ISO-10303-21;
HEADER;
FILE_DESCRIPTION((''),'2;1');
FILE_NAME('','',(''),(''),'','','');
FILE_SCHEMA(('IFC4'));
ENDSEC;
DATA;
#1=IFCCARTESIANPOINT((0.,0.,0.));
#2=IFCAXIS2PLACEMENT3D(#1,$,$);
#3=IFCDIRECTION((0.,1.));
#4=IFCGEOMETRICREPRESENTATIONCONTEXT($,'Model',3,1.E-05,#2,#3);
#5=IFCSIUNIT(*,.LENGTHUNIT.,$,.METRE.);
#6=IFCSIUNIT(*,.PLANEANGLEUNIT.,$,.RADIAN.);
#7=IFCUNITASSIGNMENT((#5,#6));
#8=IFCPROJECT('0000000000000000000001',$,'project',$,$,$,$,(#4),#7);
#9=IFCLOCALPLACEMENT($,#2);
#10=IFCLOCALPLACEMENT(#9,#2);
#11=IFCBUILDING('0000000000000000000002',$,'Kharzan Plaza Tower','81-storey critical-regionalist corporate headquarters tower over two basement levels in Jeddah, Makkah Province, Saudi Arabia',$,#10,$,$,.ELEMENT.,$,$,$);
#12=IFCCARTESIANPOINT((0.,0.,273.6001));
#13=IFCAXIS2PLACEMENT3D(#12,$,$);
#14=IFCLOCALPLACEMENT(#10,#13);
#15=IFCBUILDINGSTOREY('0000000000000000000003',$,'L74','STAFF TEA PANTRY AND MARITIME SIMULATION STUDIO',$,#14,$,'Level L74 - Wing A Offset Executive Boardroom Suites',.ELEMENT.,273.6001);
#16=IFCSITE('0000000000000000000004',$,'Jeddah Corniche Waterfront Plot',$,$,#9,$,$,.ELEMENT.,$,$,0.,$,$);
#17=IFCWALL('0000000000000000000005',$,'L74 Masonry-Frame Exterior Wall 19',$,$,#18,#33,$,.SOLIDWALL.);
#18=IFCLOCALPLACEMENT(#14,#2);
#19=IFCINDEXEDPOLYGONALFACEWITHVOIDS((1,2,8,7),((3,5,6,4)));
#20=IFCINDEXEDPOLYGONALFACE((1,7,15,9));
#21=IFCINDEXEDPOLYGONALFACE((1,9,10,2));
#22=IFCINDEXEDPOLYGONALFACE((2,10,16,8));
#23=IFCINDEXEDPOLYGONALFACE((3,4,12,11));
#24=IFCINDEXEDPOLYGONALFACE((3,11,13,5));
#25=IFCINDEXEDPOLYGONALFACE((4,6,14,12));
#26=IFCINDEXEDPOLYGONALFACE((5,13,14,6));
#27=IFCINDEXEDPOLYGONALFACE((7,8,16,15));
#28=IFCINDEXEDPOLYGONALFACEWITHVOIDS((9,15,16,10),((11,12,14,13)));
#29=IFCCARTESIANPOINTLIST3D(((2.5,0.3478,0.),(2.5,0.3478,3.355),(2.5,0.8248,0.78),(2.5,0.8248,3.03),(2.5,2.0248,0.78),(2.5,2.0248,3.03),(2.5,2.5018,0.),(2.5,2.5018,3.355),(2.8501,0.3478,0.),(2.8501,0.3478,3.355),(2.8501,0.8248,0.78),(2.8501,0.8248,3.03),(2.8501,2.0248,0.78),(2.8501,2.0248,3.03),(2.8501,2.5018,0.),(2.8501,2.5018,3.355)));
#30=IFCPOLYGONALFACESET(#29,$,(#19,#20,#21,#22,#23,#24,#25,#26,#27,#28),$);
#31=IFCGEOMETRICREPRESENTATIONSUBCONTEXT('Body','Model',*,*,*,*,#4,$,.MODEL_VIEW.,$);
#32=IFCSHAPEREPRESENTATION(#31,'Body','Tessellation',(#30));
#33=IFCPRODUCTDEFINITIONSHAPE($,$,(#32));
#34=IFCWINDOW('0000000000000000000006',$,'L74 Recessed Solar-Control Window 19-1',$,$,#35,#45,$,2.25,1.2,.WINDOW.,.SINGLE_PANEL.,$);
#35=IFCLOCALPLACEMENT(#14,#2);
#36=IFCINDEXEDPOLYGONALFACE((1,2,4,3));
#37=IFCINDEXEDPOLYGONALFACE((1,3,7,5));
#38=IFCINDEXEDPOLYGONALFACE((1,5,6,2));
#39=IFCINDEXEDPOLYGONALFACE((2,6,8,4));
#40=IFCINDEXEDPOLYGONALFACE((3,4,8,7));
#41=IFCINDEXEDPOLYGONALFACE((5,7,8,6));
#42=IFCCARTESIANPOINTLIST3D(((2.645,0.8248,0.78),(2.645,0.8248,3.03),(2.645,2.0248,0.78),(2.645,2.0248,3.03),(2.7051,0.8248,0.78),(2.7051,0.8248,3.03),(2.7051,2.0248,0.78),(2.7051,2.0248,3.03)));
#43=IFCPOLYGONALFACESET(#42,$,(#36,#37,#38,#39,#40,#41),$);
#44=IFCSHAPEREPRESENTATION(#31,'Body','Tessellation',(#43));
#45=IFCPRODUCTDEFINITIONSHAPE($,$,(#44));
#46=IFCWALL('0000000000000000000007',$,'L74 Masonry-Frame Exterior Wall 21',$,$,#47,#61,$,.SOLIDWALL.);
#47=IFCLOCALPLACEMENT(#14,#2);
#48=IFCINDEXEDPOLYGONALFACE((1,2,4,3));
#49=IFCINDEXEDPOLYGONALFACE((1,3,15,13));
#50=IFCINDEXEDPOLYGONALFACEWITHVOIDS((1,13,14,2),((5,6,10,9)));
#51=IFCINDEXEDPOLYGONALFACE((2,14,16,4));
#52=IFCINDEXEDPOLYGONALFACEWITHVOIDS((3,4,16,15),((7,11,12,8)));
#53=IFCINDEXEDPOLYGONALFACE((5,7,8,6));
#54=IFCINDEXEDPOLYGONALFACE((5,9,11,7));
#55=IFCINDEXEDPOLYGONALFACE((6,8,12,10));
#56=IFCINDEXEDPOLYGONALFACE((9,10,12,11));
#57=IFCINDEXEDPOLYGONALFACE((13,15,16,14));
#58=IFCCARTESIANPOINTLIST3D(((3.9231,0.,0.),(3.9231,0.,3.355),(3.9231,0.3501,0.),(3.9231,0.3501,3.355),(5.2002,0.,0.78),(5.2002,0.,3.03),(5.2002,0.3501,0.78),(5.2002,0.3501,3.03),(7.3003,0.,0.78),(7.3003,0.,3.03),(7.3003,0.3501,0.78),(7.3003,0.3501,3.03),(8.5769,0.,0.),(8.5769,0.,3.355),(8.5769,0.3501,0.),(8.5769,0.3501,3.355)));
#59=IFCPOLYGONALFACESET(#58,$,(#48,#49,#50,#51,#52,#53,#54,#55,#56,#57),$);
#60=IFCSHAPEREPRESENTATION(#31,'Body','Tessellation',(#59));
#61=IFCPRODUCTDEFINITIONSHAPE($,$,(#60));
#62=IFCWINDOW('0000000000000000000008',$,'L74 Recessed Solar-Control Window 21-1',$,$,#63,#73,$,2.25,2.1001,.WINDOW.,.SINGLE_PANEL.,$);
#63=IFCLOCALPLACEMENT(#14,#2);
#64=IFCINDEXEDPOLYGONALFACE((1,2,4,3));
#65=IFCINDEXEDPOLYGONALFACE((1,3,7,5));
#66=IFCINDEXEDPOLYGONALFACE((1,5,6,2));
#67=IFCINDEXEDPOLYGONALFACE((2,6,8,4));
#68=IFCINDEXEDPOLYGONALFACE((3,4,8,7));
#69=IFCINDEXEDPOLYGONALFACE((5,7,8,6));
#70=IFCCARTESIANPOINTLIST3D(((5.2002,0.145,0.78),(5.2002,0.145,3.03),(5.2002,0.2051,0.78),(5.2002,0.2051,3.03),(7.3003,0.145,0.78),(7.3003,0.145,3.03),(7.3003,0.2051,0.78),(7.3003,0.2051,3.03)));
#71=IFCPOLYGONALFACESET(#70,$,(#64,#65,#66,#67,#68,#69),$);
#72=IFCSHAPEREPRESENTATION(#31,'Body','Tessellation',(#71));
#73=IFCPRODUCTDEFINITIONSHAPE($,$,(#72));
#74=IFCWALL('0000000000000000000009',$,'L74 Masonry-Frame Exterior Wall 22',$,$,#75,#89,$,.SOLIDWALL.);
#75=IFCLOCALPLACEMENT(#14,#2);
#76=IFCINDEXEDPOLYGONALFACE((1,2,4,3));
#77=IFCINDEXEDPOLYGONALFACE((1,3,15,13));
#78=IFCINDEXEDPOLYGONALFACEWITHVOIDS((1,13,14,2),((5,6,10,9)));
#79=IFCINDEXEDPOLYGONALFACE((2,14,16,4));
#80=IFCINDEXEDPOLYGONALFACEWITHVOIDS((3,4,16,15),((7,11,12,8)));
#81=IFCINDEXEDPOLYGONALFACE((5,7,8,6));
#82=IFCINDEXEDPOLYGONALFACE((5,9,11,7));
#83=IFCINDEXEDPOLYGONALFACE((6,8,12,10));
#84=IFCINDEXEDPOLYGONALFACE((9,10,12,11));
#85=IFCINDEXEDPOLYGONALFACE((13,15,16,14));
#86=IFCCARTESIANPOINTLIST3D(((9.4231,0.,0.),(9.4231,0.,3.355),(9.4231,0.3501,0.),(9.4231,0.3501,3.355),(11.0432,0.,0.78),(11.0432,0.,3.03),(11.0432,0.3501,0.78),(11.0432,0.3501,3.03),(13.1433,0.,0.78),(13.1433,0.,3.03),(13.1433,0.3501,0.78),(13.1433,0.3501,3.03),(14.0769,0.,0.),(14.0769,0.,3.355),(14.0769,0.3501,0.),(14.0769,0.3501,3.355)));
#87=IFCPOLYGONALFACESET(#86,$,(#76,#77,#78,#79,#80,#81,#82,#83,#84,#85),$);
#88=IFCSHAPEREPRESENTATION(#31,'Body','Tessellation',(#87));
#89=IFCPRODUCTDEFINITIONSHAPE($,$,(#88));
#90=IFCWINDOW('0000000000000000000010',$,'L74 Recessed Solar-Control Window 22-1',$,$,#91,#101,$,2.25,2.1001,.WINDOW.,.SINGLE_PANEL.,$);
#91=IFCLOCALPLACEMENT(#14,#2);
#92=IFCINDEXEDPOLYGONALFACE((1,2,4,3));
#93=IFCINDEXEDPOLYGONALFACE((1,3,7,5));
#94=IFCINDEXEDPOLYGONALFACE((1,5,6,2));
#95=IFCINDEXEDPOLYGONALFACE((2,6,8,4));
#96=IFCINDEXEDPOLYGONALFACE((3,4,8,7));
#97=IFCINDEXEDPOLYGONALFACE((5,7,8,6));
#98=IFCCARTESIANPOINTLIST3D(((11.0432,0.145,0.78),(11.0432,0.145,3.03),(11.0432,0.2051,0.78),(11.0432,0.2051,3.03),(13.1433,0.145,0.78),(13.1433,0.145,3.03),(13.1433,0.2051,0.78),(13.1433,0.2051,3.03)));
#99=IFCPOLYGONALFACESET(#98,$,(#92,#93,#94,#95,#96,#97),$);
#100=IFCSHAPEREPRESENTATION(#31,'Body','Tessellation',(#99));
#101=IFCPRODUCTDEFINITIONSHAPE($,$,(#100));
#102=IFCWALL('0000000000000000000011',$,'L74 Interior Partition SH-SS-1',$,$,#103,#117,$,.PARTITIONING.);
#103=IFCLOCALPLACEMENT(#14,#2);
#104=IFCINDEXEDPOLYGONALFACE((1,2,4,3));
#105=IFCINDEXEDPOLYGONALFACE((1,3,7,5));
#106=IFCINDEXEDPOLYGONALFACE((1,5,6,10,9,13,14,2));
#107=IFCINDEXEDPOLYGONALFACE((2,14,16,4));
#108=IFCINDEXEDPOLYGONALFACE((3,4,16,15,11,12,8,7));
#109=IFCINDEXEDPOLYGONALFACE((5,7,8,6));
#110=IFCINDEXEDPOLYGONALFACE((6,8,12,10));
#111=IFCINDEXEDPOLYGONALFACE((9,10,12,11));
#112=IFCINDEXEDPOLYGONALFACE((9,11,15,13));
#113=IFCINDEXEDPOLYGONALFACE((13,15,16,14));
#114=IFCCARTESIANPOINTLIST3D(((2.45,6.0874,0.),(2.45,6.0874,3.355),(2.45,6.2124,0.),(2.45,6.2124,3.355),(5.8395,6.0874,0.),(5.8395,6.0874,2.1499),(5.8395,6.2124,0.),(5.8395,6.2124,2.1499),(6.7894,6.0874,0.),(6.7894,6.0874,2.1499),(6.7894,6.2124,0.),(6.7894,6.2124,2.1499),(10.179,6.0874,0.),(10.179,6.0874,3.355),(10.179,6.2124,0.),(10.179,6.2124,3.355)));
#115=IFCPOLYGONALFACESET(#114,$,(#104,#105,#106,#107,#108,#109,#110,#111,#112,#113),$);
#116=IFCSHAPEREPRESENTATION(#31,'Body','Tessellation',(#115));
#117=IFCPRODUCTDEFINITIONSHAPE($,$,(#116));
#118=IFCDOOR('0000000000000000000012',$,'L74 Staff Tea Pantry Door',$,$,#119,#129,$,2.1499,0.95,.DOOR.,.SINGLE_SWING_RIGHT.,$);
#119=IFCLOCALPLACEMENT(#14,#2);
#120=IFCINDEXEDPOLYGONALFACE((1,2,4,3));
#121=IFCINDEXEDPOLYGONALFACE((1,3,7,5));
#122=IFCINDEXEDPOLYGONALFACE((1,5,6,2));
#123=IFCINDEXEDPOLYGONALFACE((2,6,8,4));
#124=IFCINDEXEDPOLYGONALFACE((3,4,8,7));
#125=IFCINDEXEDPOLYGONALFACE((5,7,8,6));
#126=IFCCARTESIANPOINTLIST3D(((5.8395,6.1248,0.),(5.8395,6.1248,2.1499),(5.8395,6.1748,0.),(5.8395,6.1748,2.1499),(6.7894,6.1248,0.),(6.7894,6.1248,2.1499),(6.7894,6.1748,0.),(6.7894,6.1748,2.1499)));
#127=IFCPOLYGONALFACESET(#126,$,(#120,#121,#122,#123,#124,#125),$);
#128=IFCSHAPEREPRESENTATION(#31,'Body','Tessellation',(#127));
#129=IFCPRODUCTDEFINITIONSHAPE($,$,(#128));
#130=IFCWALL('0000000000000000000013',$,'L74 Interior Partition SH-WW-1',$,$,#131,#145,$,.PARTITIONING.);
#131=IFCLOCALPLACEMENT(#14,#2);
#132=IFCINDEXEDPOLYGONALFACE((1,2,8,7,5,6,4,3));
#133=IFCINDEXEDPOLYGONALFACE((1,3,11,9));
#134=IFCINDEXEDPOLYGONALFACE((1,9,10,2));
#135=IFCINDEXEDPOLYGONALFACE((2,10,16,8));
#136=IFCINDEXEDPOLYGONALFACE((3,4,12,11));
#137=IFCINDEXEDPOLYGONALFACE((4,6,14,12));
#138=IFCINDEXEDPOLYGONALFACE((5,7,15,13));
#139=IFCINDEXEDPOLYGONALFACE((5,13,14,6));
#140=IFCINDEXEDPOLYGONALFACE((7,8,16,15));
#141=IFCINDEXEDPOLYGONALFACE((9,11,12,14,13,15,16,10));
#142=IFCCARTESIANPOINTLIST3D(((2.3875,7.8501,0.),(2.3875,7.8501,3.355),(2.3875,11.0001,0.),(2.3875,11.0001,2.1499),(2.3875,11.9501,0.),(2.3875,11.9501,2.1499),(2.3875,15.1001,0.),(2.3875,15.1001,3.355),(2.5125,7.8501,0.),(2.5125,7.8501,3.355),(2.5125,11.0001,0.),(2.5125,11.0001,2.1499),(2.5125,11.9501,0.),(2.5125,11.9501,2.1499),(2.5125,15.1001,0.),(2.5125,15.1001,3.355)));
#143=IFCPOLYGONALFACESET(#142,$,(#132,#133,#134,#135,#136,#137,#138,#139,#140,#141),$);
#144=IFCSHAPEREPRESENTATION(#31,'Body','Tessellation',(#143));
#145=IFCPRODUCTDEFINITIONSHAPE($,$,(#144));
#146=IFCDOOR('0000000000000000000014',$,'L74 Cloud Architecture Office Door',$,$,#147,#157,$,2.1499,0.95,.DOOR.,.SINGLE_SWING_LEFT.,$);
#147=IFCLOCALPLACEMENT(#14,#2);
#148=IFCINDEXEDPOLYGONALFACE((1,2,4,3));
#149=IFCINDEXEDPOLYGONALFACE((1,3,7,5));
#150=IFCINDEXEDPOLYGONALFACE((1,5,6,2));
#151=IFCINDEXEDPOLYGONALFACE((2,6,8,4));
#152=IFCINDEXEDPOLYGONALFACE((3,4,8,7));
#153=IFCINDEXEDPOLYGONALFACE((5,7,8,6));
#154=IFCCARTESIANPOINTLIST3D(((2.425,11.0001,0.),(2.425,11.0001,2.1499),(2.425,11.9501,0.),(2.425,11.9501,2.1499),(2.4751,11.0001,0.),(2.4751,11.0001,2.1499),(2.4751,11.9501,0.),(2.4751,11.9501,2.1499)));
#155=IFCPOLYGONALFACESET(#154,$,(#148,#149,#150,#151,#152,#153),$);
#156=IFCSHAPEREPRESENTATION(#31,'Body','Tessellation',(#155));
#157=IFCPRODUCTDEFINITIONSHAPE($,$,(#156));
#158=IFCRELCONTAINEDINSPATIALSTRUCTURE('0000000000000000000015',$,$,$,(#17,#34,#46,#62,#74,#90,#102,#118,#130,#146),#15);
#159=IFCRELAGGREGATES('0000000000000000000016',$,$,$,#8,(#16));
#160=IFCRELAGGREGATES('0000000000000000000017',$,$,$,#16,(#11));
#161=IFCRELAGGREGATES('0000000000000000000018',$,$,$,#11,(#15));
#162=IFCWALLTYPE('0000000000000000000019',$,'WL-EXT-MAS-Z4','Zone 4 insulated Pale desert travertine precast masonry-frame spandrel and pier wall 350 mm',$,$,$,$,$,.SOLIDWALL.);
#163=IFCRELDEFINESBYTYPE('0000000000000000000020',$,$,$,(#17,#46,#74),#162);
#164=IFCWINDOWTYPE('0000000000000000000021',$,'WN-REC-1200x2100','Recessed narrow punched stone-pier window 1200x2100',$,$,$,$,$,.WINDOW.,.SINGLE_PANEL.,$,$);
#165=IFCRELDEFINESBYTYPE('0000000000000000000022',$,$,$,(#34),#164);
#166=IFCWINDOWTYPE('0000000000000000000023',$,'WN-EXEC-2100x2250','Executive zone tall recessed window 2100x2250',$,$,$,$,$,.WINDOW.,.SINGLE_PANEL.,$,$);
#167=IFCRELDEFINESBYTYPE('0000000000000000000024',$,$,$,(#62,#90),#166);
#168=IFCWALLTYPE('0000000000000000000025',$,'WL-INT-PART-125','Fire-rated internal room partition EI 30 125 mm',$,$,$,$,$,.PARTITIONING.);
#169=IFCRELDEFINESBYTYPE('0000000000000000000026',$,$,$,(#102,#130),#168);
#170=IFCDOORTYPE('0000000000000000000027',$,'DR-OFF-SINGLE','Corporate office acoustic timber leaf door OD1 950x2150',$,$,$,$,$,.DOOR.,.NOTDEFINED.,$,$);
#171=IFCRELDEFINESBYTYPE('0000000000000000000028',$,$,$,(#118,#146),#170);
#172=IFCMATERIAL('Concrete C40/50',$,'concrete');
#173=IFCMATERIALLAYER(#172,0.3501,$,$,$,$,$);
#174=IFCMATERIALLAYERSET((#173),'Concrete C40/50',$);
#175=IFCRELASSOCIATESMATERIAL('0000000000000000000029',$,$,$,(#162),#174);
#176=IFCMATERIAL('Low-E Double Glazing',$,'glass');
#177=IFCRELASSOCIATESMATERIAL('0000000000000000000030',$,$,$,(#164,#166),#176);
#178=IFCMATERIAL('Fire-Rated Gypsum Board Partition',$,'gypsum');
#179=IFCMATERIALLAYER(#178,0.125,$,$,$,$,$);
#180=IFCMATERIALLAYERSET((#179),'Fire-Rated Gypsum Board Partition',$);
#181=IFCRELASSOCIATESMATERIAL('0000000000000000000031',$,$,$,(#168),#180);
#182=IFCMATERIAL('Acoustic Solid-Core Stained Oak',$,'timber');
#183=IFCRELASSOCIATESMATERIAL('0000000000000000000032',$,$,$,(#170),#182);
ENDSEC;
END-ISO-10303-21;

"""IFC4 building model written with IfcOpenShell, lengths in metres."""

from ifc_helpers import new_model, si_unit, direction, frame, frame_2d, origin, place, context, subcontext, project, spatial, rectangle, extrude, source, transform, mapped, material, layer, layer_set, type_object, element, fill, save


model = new_model("IFC4")

# Units and contexts
model_context = context("Model", 3, precision=1e-05, world=origin(), true_north=direction((0.0, 1.0)))
body_context = subcontext(model_context, "Body", "Model", "MODEL_VIEW")
ifc_project = project(units=[si_unit("LENGTHUNIT", "METRE"), si_unit("PLANEANGLEUNIT", "RADIAN")], contexts=[model_context])

# Site, building, storey
site_placement = place(None, origin())
site = spatial("IfcSite", under=ifc_project, at=site_placement, Name="Jeddah Corniche Waterfront Plot", CompositionType="ELEMENT", RefElevation=0.0)
building_placement = place(site_placement, origin())
building = spatial("IfcBuilding", under=site, at=building_placement, Name="Kharzan Plaza Tower", Description="81-storey critical-regionalist corporate headquarters tower over two basement levels in Jeddah, Makkah Province, Saudi Arabia", CompositionType="ELEMENT")
storey_placement = place(building_placement, frame((0.0, 0.0, 273.6001)))
storey = spatial("IfcBuildingStorey", under=building, at=storey_placement, Name="L74", Description="STAFF TEA PANTRY AND MARITIME SIMULATION STUDIO", LongName="Level L74 - Wing A Offset Executive Boardroom Suites", CompositionType="ELEMENT", Elevation=273.6001)

# Walls, openings, windows
ifc_material_1 = material(Name="Concrete C40/50", Category="concrete")
ifc_layer_1 = layer(ifc_material_1, 0.3501)
ifc_layer_set_1 = layer_set([ifc_layer_1], Name="Concrete C40/50")
wall_type_1 = type_object("IfcWallType", Name="WL-EXT-MAS-Z4", Description="Zone 4 insulated Pale desert travertine precast masonry-frame spandrel and pier wall 350 mm", PredefinedType="SOLIDWALL", material=ifc_layer_set_1)
wall_1_placement = place(storey_placement, frame((2.675, 2.502, 0.0), z_axis=(0.0, 0.0, 1.0), x_axis=(0.0, -1.0, 0.0)))
wall_1 = element("IfcWall", 1, at=wall_1_placement, inside=storey, type_object=wall_type_1, Name="L74 Masonry-Frame Exterior Wall 19", PredefinedType="SOLIDWALL", context=body_context, shape_type="SweptSolid", body=[
    extrude(rectangle(XDim=2.1541, YDim=0.3501, at=frame_2d((1.0771, 0.0))), origin(), (0.0, 0.0, 1.0), 3.355),
])
opening_1_placement = place(wall_1_placement, frame((0.4771, 0.0, 0.78)))
opening_1 = element("IfcOpeningElement", 2, at=opening_1_placement, cuts=wall_1, PredefinedType="OPENING", context=body_context, shape_type="SweptSolid", body=[
    extrude(rectangle(XDim=1.2, YDim=2.25, at=frame_2d((0.6001, 1.125))), frame((0.0, 0.1851, 0.0), z_axis=(0.0, -1.0, 0.0), x_axis=(1.0, 0.0, 0.0)), (0.0, 0.0, 1.0), 0.3701),
])
ifc_material_2 = material(Name="Low-E Double Glazing", Category="glass")
window_type_1 = type_object("IfcWindowType", Name="WN-REC-1200x2100", Description="Recessed narrow punched stone-pier window 1200x2100", PartitioningType="SINGLE_PANEL", PredefinedType="WINDOW", material=ifc_material_2)
shared_shape_1 = source(origin(), body_context, "Body", "SweptSolid", [
    extrude(rectangle(XDim=1.2, YDim=2.25, at=frame_2d((0.6001, 1.125))), frame((0.0, 0.03, 0.0), z_axis=(0.0, -1.0, 0.0), x_axis=(1.0, 0.0, 0.0)), (0.0, 0.0, 1.0), 0.0601),
])
window_1_placement = place(opening_1_placement, origin())
window_1 = element("IfcWindow", 3, at=window_1_placement, inside=storey, type_object=window_type_1, Name="L74 Recessed Solar-Control Window 19-1", OverallHeight=2.25, OverallWidth=1.2, PartitioningType="SINGLE_PANEL", PredefinedType="WINDOW", context=body_context, shape_type="MappedRepresentation", body=[
    mapped(shared_shape_1, transform((0.0, 0.0, 0.0), x_axis=(1.0, 0.0, 0.0), y_axis=(0.0, 1.0, 0.0), z_axis=(0.0, 0.0, 1.0))),
])
fill(opening_1, window_1)
wall_2_placement = place(storey_placement, frame((3.9231, 0.175, 0.0), z_axis=(0.0, 0.0, 1.0), x_axis=(1.0, 0.0, 0.0)))
wall_2 = element("IfcWall", 4, at=wall_2_placement, inside=storey, type_object=wall_type_1, Name="L74 Masonry-Frame Exterior Wall 21", PredefinedType="SOLIDWALL", context=body_context, shape_type="SweptSolid", body=[
    extrude(rectangle(XDim=4.6538, YDim=0.3501, at=frame_2d((2.3269, 0.0))), origin(), (0.0, 0.0, 1.0), 3.355),
])
opening_2_placement = place(wall_2_placement, frame((1.2771, 0.0, 0.78)))
opening_2 = element("IfcOpeningElement", 5, at=opening_2_placement, cuts=wall_2, PredefinedType="OPENING", context=body_context, shape_type="SweptSolid", body=[
    extrude(rectangle(XDim=2.1001, YDim=2.25, at=frame_2d((1.05, 1.125))), frame((0.0, 0.1851, 0.0), z_axis=(0.0, -1.0, 0.0), x_axis=(1.0, 0.0, 0.0)), (0.0, 0.0, 1.0), 0.3701),
])
window_type_2 = type_object("IfcWindowType", Name="WN-EXEC-2100x2250", Description="Executive zone tall recessed window 2100x2250", PartitioningType="SINGLE_PANEL", PredefinedType="WINDOW", material=ifc_material_2)
shared_shape_2 = source(origin(), body_context, "Body", "SweptSolid", [
    extrude(rectangle(XDim=2.1001, YDim=2.25, at=frame_2d((1.05, 1.125))), frame((0.0, 0.03, 0.0), z_axis=(0.0, -1.0, 0.0), x_axis=(1.0, 0.0, 0.0)), (0.0, 0.0, 1.0), 0.0601),
])
window_2_placement = place(opening_2_placement, origin())
window_2 = element("IfcWindow", 6, at=window_2_placement, inside=storey, type_object=window_type_2, Name="L74 Recessed Solar-Control Window 21-1", OverallHeight=2.25, OverallWidth=2.1001, PartitioningType="SINGLE_PANEL", PredefinedType="WINDOW", context=body_context, shape_type="MappedRepresentation", body=[
    mapped(shared_shape_2, transform((0.0, 0.0, 0.0), x_axis=(1.0, 0.0, 0.0), y_axis=(0.0, 1.0, 0.0), z_axis=(0.0, 0.0, 1.0))),
])
fill(opening_2, window_2)
wall_3_placement = place(storey_placement, frame((9.4231, 0.175, 0.0), z_axis=(0.0, 0.0, 1.0), x_axis=(1.0, 0.0, 0.0)))
wall_3 = element("IfcWall", 7, at=wall_3_placement, inside=storey, type_object=wall_type_1, Name="L74 Masonry-Frame Exterior Wall 22", PredefinedType="SOLIDWALL", context=body_context, shape_type="SweptSolid", body=[
    extrude(rectangle(XDim=4.6538, YDim=0.3501, at=frame_2d((2.3269, 0.0))), origin(), (0.0, 0.0, 1.0), 3.355),
])
opening_3_placement = place(wall_3_placement, frame((1.6201, 0.0, 0.78)))
opening_3 = element("IfcOpeningElement", 8, at=opening_3_placement, cuts=wall_3, PredefinedType="OPENING", context=body_context, shape_type="SweptSolid", body=[
    extrude(rectangle(XDim=2.1001, YDim=2.25, at=frame_2d((1.05, 1.125))), frame((0.0, 0.1851, 0.0), z_axis=(0.0, -1.0, 0.0), x_axis=(1.0, 0.0, 0.0)), (0.0, 0.0, 1.0), 0.3701),
])
window_3_placement = place(opening_3_placement, origin())
window_3 = element("IfcWindow", 9, at=window_3_placement, inside=storey, type_object=window_type_2, Name="L74 Recessed Solar-Control Window 22-1", OverallHeight=2.25, OverallWidth=2.1001, PartitioningType="SINGLE_PANEL", PredefinedType="WINDOW", context=body_context, shape_type="MappedRepresentation", body=[
    mapped(shared_shape_2, transform((0.0, 0.0, 0.0), x_axis=(1.0, 0.0, 0.0), y_axis=(0.0, 1.0, 0.0), z_axis=(0.0, 0.0, 1.0))),
])
fill(opening_3, window_3)

# Walls, openings, doors
ifc_material_3 = material(Name="Fire-Rated Gypsum Board Partition", Category="gypsum")
ifc_layer_2 = layer(ifc_material_3, 0.125)
ifc_layer_set_2 = layer_set([ifc_layer_2], Name="Fire-Rated Gypsum Board Partition")
wall_type_2 = type_object("IfcWallType", Name="WL-INT-PART-125", Description="Fire-rated internal room partition EI 30 125 mm", PredefinedType="PARTITIONING", material=ifc_layer_set_2)
wall_4_placement = place(storey_placement, frame((2.45, 6.1499, 0.0), z_axis=(0.0, 0.0, 1.0), x_axis=(1.0, 0.0, 0.0)))
wall_4 = element("IfcWall", 10, at=wall_4_placement, inside=storey, type_object=wall_type_2, Name="L74 Interior Partition SH-SS-1", PredefinedType="PARTITIONING", context=body_context, shape_type="SweptSolid", body=[
    extrude(rectangle(XDim=7.729, YDim=0.125, at=frame_2d((3.8645, 0.0))), origin(), (0.0, 0.0, 1.0), 3.355),
])
opening_4_placement = place(wall_4_placement, frame((3.3894, 0.0, 0.0)))
opening_4 = element("IfcOpeningElement", 11, at=opening_4_placement, cuts=wall_4, PredefinedType="OPENING", context=body_context, shape_type="SweptSolid", body=[
    extrude(rectangle(XDim=0.95, YDim=2.1499, at=frame_2d((0.4751, 1.075))), frame((0.0, 0.0725, 0.0), z_axis=(0.0, -1.0, 0.0), x_axis=(1.0, 0.0, 0.0)), (0.0, 0.0, 1.0), 0.145),
])
ifc_material_4 = material(Name="Acoustic Solid-Core Stained Oak", Category="timber")
door_type = type_object("IfcDoorType", Name="DR-OFF-SINGLE", Description="Corporate office acoustic timber leaf door OD1 950x2150", OperationType="NOTDEFINED", PredefinedType="DOOR", material=ifc_material_4)
shared_shape_3 = source(origin(), body_context, "Body", "SweptSolid", [
    extrude(rectangle(XDim=0.95, YDim=2.1499, at=frame_2d((0.4751, 1.075))), frame((0.0, 0.0249, 0.0), z_axis=(0.0, -1.0, 0.0), x_axis=(1.0, 0.0, 0.0)), (0.0, 0.0, 1.0), 0.05),
])
door_1_placement = place(opening_4_placement, origin())
door_1 = element("IfcDoor", 12, at=door_1_placement, inside=storey, type_object=door_type, Name="L74 Staff Tea Pantry Door", OperationType="SINGLE_SWING_RIGHT", OverallHeight=2.1499, OverallWidth=0.95, PredefinedType="DOOR", context=body_context, shape_type="MappedRepresentation", body=[
    mapped(shared_shape_3, transform((0.0, 0.0, 0.0), x_axis=(1.0, 0.0, 0.0), y_axis=(0.0, 1.0, 0.0), z_axis=(0.0, 0.0, 1.0))),
])
fill(opening_4, door_1)
wall_5_placement = place(storey_placement, frame((2.45, 7.8501, 0.0), z_axis=(0.0, 0.0, 1.0), x_axis=(0.0, 1.0, 0.0)))
wall_5 = element("IfcWall", 13, at=wall_5_placement, inside=storey, type_object=wall_type_2, Name="L74 Interior Partition SH-WW-1", PredefinedType="PARTITIONING", context=body_context, shape_type="SweptSolid", body=[
    extrude(rectangle(XDim=7.25, YDim=0.125, at=frame_2d((3.625, 0.0))), origin(), (0.0, 0.0, 1.0), 3.355),
])
opening_5_placement = place(wall_5_placement, frame((3.1499, 0.0, 0.0)))
opening_5 = element("IfcOpeningElement", 14, at=opening_5_placement, cuts=wall_5, PredefinedType="OPENING", context=body_context, shape_type="SweptSolid", body=[
    extrude(rectangle(XDim=0.95, YDim=2.1499, at=frame_2d((0.4751, 1.075))), frame((0.0, 0.0725, 0.0), z_axis=(0.0, -1.0, 0.0), x_axis=(1.0, 0.0, 0.0)), (0.0, 0.0, 1.0), 0.145),
])
door_2_placement = place(opening_5_placement, origin())
door_2 = element("IfcDoor", 15, at=door_2_placement, inside=storey, type_object=door_type, Name="L74 Cloud Architecture Office Door", OperationType="SINGLE_SWING_LEFT", OverallHeight=2.1499, OverallWidth=0.95, PredefinedType="DOOR", context=body_context, shape_type="MappedRepresentation", body=[
    mapped(shared_shape_3, transform((0.0, 0.0, 0.0), x_axis=(1.0, 0.0, 0.0), y_axis=(0.0, 1.0, 0.0), z_axis=(0.0, 0.0, 1.0))),
])
fill(opening_5, door_2)

save(model, "model.ifc")
